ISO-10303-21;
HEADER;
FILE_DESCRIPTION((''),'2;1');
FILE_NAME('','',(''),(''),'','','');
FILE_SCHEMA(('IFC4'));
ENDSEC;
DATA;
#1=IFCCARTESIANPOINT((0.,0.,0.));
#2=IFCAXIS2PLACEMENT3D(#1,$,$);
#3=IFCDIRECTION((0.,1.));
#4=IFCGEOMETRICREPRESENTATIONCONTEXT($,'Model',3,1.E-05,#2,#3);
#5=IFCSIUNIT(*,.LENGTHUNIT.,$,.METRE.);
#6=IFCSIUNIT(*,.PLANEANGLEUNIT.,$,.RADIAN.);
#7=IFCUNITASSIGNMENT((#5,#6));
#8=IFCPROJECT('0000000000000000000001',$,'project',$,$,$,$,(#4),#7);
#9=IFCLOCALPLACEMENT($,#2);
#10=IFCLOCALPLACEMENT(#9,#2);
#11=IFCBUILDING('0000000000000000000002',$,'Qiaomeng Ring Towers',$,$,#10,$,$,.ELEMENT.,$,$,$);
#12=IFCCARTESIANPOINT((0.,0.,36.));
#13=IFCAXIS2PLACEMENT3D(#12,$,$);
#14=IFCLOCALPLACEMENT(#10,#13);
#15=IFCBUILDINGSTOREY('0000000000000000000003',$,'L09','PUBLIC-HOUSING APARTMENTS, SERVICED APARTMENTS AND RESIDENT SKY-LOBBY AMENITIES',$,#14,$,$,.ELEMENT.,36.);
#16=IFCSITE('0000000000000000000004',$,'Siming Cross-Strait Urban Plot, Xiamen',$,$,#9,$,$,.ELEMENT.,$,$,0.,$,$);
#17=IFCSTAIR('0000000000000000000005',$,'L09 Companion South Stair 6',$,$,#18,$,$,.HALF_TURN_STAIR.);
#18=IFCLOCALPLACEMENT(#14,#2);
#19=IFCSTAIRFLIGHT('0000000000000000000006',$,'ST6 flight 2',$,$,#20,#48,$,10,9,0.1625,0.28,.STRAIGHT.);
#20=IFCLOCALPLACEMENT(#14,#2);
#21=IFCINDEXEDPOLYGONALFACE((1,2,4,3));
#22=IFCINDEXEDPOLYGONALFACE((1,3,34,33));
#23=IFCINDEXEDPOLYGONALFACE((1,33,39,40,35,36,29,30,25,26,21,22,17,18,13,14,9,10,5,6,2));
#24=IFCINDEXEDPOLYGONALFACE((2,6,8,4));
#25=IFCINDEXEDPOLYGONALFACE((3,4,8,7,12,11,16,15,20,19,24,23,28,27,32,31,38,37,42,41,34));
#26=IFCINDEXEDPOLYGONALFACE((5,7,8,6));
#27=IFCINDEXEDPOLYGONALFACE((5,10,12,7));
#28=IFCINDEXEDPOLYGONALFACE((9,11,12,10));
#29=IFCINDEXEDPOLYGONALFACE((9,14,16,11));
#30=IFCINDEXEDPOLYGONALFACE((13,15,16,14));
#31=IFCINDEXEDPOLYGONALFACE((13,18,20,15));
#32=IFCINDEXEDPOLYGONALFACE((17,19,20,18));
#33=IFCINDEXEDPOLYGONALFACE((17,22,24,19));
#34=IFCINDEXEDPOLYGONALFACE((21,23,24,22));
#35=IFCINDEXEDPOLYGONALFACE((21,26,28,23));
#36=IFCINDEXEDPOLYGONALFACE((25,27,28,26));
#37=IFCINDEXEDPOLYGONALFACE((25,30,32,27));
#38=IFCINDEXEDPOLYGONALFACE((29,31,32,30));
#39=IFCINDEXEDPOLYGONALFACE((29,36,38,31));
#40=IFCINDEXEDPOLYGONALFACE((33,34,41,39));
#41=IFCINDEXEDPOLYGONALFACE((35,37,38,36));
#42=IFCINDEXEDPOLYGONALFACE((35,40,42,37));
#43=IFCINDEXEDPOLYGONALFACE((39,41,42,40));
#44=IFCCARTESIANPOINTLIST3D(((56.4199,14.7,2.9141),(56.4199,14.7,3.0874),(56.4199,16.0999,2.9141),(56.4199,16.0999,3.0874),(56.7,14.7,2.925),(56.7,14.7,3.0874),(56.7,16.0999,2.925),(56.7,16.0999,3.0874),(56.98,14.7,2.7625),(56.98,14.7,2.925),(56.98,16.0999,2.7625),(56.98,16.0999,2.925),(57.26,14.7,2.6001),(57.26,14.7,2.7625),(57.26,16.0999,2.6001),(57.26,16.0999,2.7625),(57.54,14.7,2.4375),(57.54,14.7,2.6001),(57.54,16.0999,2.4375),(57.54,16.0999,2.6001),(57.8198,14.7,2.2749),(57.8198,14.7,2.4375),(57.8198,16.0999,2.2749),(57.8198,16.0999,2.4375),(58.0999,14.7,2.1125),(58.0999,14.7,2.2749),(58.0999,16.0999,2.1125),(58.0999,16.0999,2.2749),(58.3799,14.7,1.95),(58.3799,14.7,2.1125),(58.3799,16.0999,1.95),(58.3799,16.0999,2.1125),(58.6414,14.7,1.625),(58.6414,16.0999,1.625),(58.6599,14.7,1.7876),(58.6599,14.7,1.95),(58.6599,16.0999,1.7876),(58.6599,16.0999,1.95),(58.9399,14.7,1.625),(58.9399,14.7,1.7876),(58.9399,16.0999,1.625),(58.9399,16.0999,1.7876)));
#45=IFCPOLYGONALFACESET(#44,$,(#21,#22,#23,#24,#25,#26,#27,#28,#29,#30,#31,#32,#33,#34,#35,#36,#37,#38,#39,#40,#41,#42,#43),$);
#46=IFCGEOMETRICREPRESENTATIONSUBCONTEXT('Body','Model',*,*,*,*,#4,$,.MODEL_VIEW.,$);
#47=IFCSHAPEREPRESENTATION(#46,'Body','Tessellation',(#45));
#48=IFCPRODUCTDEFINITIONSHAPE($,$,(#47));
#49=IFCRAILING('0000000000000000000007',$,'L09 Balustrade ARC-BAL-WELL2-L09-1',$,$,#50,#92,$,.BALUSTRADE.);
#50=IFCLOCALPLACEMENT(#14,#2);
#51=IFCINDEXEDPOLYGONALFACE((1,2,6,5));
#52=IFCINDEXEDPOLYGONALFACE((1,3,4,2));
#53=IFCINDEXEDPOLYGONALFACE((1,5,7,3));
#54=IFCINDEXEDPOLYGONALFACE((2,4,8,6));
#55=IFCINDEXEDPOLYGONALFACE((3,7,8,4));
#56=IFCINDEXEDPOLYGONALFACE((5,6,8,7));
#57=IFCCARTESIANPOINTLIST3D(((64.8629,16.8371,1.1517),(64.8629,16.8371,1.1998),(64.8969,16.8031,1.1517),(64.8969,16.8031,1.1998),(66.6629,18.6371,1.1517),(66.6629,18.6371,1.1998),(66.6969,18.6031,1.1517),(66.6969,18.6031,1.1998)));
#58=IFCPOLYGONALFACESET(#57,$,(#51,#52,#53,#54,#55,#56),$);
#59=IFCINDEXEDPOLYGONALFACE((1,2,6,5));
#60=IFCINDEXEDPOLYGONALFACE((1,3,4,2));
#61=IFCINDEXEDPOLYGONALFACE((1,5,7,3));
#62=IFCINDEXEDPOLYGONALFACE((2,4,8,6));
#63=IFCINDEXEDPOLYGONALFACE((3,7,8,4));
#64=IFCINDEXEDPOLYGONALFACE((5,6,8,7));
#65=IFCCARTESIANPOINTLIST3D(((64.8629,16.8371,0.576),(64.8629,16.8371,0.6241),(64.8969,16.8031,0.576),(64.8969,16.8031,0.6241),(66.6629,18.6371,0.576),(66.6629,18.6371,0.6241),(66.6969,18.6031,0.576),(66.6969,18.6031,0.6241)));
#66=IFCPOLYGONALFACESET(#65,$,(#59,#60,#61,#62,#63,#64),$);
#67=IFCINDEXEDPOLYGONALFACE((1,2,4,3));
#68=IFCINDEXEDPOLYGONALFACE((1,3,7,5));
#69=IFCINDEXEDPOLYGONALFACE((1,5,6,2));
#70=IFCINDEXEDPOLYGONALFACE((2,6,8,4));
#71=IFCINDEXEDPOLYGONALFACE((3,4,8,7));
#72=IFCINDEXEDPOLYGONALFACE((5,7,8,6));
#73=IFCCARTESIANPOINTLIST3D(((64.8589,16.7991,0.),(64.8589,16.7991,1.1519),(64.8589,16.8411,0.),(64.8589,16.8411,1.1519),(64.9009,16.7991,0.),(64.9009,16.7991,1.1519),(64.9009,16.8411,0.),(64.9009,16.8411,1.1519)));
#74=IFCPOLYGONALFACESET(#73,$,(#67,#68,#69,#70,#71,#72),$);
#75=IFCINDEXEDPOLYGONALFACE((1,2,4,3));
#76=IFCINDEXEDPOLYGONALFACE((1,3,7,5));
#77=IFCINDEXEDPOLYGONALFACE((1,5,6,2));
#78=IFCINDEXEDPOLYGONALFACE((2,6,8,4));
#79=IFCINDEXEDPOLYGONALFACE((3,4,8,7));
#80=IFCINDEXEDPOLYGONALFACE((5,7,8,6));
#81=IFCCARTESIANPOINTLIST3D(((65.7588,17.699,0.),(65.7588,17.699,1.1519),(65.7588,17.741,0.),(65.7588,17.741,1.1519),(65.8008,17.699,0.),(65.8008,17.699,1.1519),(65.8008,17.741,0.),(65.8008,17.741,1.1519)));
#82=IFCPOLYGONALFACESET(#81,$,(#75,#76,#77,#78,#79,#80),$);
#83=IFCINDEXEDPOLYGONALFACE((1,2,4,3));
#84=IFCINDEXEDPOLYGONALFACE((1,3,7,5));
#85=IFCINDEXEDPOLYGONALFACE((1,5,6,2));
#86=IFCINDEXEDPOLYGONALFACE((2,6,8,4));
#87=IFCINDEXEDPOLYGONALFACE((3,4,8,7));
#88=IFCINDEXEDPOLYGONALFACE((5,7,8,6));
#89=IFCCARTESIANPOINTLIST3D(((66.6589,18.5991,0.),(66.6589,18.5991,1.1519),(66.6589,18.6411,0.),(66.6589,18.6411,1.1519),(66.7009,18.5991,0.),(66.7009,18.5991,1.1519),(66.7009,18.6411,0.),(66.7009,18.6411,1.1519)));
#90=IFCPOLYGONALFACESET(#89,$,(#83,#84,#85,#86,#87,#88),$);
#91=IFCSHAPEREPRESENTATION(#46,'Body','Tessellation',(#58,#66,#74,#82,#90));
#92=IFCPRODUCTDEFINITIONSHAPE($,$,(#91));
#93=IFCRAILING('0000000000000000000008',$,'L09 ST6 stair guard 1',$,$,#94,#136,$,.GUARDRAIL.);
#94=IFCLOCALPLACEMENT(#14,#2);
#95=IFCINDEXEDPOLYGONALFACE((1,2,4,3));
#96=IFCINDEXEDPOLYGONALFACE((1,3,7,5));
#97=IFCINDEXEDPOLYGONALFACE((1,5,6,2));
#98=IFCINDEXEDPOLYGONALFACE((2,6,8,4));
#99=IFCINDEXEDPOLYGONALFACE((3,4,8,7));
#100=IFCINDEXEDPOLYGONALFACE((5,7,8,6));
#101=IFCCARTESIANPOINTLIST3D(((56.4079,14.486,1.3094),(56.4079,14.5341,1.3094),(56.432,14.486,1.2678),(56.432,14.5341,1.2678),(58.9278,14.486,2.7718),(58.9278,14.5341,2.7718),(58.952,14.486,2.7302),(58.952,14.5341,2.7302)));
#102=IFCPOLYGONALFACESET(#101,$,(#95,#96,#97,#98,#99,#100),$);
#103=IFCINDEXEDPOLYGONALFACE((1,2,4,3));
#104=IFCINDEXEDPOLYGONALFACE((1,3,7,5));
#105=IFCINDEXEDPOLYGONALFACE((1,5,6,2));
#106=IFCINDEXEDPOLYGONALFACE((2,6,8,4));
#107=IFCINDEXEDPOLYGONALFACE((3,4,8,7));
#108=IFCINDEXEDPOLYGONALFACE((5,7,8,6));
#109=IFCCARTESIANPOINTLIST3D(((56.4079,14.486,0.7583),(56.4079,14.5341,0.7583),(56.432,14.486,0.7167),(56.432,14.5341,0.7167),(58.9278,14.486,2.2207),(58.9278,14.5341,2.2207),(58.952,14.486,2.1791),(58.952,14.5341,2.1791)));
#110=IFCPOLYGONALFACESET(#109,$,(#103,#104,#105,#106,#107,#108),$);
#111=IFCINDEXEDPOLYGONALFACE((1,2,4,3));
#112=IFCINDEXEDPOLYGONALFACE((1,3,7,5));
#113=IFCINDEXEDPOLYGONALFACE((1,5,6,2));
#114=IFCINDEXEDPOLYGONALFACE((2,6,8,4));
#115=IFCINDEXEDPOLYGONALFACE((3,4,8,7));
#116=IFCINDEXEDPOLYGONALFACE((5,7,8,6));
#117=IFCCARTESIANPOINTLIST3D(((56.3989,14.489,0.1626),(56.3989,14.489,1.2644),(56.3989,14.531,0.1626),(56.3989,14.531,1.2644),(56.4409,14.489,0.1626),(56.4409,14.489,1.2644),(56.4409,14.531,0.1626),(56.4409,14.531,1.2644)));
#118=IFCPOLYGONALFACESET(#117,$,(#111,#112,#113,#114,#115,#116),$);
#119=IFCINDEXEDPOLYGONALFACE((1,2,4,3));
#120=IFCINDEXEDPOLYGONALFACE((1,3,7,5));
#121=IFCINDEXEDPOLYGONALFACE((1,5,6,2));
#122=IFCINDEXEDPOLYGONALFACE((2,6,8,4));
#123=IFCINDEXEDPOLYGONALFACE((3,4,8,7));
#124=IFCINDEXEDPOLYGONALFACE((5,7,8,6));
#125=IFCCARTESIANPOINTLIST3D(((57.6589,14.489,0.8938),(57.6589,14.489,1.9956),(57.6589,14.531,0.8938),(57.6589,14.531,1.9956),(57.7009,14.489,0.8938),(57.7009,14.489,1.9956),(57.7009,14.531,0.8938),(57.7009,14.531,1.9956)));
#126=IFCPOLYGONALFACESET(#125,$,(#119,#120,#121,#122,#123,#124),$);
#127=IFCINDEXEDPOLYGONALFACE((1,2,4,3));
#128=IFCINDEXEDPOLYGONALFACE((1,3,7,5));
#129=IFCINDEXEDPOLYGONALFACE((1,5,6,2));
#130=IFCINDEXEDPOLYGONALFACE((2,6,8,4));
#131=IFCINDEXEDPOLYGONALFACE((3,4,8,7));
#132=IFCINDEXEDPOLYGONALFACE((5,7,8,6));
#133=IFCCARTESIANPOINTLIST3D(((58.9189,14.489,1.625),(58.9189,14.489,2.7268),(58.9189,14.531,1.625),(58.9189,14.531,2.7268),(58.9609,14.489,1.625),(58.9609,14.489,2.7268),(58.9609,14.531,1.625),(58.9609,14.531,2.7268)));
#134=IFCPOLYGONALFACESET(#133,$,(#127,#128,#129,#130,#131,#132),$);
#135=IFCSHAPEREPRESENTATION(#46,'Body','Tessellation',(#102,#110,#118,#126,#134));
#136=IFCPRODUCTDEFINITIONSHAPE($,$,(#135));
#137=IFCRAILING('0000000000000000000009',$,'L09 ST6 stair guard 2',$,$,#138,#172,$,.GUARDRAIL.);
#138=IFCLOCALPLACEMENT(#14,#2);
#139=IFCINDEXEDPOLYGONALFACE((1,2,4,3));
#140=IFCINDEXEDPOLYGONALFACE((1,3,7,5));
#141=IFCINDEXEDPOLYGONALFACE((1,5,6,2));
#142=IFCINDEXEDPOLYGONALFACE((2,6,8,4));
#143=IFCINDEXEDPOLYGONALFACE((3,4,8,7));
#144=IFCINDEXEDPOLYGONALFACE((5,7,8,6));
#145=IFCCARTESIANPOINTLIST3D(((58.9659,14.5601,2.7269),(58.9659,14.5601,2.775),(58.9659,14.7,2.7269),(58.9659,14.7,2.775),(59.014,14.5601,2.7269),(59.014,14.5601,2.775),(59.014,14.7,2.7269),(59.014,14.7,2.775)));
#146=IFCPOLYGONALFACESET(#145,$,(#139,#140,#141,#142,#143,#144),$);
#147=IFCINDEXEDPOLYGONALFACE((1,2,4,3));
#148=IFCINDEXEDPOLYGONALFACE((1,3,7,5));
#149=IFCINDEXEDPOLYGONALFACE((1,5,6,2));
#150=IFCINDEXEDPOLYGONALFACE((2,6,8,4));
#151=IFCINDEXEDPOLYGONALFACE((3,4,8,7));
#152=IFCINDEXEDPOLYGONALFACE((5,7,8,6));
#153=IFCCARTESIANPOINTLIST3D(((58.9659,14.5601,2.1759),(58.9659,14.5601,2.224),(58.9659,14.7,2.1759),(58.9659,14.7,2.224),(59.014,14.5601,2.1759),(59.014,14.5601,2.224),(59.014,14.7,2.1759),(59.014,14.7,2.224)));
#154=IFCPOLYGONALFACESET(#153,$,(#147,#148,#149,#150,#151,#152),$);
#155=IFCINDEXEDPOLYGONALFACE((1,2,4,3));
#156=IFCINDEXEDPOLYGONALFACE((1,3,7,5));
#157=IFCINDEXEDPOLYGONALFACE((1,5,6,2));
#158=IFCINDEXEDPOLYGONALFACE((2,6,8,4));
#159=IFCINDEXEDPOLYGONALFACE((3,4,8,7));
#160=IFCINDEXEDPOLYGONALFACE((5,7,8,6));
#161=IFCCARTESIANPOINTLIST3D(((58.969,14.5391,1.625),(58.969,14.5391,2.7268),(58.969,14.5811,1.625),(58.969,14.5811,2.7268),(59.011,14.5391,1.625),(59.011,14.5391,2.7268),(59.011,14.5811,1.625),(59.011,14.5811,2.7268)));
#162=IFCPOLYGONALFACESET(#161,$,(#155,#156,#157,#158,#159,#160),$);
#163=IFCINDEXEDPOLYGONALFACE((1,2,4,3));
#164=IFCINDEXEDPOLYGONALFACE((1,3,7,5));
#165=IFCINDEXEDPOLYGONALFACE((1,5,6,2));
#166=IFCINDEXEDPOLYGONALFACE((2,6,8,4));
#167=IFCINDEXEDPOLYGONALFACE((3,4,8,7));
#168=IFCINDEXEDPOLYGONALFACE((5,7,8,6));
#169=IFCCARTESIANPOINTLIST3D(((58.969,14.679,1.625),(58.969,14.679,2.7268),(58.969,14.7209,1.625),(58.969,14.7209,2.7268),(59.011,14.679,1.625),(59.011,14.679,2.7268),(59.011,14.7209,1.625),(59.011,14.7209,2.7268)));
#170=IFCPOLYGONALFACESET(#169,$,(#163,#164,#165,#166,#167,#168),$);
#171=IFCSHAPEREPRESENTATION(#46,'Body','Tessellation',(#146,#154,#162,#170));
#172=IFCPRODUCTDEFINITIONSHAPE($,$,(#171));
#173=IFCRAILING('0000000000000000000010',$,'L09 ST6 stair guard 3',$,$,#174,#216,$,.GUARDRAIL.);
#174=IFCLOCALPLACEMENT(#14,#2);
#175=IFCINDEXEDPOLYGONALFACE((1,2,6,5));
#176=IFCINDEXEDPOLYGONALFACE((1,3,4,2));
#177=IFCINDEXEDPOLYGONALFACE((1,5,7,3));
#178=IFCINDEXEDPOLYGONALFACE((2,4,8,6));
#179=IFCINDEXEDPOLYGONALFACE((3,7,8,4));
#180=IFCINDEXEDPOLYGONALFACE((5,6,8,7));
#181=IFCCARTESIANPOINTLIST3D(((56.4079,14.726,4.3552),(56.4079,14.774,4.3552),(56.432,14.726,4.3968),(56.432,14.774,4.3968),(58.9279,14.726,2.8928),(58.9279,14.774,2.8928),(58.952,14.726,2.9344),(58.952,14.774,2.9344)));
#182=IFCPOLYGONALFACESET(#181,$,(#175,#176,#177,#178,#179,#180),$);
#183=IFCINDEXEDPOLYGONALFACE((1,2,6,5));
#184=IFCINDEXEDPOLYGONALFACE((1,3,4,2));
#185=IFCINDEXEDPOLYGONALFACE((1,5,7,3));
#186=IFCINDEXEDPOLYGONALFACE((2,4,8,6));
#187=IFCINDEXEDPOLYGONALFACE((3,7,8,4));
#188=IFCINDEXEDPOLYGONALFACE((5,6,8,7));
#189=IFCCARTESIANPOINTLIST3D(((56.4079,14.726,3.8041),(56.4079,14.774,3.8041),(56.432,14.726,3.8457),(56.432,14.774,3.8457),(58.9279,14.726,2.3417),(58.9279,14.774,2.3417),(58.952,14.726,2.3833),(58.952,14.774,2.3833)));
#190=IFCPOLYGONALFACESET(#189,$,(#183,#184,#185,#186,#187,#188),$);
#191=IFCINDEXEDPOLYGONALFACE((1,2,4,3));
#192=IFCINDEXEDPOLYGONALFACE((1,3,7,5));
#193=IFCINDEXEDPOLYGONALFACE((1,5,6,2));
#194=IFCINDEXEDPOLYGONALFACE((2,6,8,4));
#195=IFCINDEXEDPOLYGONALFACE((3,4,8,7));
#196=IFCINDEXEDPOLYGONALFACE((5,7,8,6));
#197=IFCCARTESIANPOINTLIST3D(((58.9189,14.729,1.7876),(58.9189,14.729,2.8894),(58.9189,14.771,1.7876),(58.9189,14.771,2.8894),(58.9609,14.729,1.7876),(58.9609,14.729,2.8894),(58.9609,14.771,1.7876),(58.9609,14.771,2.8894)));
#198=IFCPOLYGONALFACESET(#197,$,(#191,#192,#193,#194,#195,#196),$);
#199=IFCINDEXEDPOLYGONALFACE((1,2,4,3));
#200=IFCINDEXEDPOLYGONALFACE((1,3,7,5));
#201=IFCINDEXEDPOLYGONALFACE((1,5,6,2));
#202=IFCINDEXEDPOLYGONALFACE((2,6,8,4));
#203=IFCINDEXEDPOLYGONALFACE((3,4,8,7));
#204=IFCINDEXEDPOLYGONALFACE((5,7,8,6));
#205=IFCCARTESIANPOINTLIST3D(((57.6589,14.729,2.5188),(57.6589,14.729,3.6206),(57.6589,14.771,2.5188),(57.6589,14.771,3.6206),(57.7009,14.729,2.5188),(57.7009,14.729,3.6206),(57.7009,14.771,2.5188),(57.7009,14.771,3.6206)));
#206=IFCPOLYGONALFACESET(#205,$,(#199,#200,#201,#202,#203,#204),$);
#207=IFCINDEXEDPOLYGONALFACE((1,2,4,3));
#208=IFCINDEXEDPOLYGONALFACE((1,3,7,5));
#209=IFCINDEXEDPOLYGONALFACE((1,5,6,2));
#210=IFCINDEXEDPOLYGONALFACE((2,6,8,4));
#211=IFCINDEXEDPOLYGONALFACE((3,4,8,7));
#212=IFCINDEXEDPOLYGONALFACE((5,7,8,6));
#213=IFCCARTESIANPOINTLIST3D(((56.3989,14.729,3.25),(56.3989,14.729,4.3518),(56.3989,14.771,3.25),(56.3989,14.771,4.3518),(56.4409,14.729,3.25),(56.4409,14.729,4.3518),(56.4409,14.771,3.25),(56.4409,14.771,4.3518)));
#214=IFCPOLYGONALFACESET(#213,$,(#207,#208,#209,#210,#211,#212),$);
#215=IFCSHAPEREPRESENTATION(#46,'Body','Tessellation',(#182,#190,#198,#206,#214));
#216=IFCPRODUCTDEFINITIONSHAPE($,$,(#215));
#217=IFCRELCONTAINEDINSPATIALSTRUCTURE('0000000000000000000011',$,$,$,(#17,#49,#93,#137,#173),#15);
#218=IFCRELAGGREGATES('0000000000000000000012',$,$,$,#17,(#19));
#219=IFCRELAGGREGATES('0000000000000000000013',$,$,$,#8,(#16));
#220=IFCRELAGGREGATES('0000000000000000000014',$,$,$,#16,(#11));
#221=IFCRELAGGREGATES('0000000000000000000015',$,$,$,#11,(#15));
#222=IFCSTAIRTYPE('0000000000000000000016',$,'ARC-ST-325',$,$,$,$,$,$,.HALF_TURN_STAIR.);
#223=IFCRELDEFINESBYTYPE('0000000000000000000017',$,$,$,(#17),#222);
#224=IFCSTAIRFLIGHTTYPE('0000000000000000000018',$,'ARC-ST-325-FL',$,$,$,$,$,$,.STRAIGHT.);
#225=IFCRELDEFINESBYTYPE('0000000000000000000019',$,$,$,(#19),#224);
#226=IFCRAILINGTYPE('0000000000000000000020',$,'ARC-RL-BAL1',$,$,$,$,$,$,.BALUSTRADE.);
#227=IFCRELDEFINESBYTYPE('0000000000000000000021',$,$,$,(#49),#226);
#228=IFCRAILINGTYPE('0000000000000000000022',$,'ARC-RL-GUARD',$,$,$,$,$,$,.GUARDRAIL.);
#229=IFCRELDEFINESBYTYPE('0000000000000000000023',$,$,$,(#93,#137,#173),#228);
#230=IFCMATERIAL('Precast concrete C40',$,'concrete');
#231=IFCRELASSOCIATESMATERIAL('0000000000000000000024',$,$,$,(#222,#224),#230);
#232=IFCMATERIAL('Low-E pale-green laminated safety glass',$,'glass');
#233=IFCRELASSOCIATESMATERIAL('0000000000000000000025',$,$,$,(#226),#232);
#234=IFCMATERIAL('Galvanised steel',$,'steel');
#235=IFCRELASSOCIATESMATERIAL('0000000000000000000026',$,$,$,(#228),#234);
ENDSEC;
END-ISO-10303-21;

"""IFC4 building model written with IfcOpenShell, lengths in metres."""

from ifc_helpers import new_model, si_unit, direction, frame, origin, origin_2d, place, context, subcontext, project, spatial, polyline, rectangle, outline, extrude, source, transform, mapped, material, type_object, element, aggregate, save


model = new_model("IFC4")

# Units and contexts
model_context = context("Model", 3, precision=1e-05, world=origin(), true_north=direction((0.0, 1.0)))
body_context = subcontext(model_context, "Body", "Model", "MODEL_VIEW")
ifc_project = project(units=[si_unit("LENGTHUNIT", "METRE"), si_unit("PLANEANGLEUNIT", "RADIAN")], contexts=[model_context])

# Site, building, storey
site_placement = place(None, origin())
site = spatial("IfcSite", under=ifc_project, at=site_placement, Name="Siming Cross-Strait Urban Plot, Xiamen", CompositionType="ELEMENT", RefElevation=0.0)
building_placement = place(site_placement, origin())
building = spatial("IfcBuilding", under=site, at=building_placement, Name="Qiaomeng Ring Towers", CompositionType="ELEMENT")
storey_placement = place(building_placement, frame((0.0, 0.0, 36.0)))
storey = spatial("IfcBuildingStorey", under=building, at=storey_placement, Name="L09", Description="PUBLIC-HOUSING APARTMENTS, SERVICED APARTMENTS AND RESIDENT SKY-LOBBY AMENITIES", CompositionType="ELEMENT", Elevation=36.0)

# Shared definitions
ifc_material_1 = material(Name="Galvanised steel", Category="steel")

# Stair, stair flight
ifc_material_2 = material(Name="Precast concrete C40", Category="concrete")
stair_type = type_object("IfcStairType", Name="ARC-ST-325", PredefinedType="HALF_TURN_STAIR", material=ifc_material_2)
stair_placement = place(storey_placement, origin())
stair = element("IfcStair", 1, at=stair_placement, inside=storey, type_object=stair_type, Name="L09 Companion South Stair 6", PredefinedType="HALF_TURN_STAIR")
stair_flight_type = type_object("IfcStairFlightType", Name="ARC-ST-325-FL", PredefinedType="STRAIGHT", material=ifc_material_2)
shared_shape_1 = source(origin(), body_context, "Body", "SweptSolid", [
    extrude(outline(polyline([(0.0, 0.0), (0.0, 0.1626), (0.28, 0.1626), (0.28, 0.325), (0.5601, 0.325), (0.5601, 0.4875), (0.8401, 0.4875), (0.8401, 0.6499), (1.1201, 0.6499), (1.1201, 0.8125), (1.3999, 0.8125), (1.3999, 0.9751), (1.6799, 0.9751), (1.6799, 1.1375), (1.96, 1.1375), (1.96, 1.3), (2.24, 1.3), (2.24, 1.4624), (2.52, 1.4624), (2.52, 1.625), (2.52, 1.2891), (0.2986, 0.0), (0.0, 0.0)])), frame((0.0, 0.7, 0.0), z_axis=(0.0, -1.0, 0.0), x_axis=(1.0, 0.0, 0.0)), (0.0, 0.0, 1.0), 1.3999),
])
stair_flight_1_placement = place(storey_placement, frame((58.9399, 15.3999, 1.625), z_axis=(0.0, 0.0, 1.0), x_axis=(-1.0, 0.0, 0.0)))
stair_flight_1 = element("IfcStairFlight", 2, at=stair_flight_1_placement, type_object=stair_flight_type, Name="ST6 flight 2", NumberOfRisers=10, NumberOfTreads=9, PredefinedType="STRAIGHT", RiserHeight=0.1625, TreadLength=0.28, context=body_context, shape_type="MappedRepresentation", body=[
    mapped(shared_shape_1, transform((0.0, 0.0, 0.0), x_axis=(1.0, 0.0, 0.0), y_axis=(0.0, 1.0, 0.0), z_axis=(0.0, 0.0, 1.0), scale=1.0)),
])
aggregate(stair, [stair_flight_1])

# Railings
ifc_material_3 = material(Name="Low-E pale-green laminated safety glass", Category="glass")
railing_type_1 = type_object("IfcRailingType", Name="ARC-RL-BAL1", PredefinedType="BALUSTRADE", material=ifc_material_3)
railing_1_placement = place(storey_placement, frame((64.8799, 16.8201, 0.0)))
element("IfcRailing", 3, at=railing_1_placement, inside=storey, type_object=railing_type_1, Name="L09 Balustrade ARC-BAL-WELL2-L09-1", PredefinedType="BALUSTRADE", context=body_context, shape_type="SweptSolid", body=[
    extrude(rectangle(XDim=0.0481, YDim=0.0481, at=origin_2d()), frame((0.0, 0.0, 1.1758), z_axis=(0.707107, 0.707107, 0.0), x_axis=(-0.707107, 0.707107, 0.0)), (0.0, 0.0, 1.0), 2.5457),
    extrude(rectangle(XDim=0.0481, YDim=0.0481, at=origin_2d()), frame((0.0, 0.0, 0.6001), z_axis=(0.707107, 0.707107, 0.0), x_axis=(-0.707107, 0.707107, 0.0)), (0.0, 0.0, 1.0), 2.5457),
    extrude(rectangle(XDim=0.042, YDim=0.042, at=origin_2d()), origin(), (0.0, 0.0, 1.0), 1.1519),
    extrude(rectangle(XDim=0.042, YDim=0.042, at=origin_2d()), frame((0.8999, 0.8999, 0.0)), (0.0, 0.0, 1.0), 1.1519),
    extrude(rectangle(XDim=0.042, YDim=0.042, at=origin_2d()), frame((1.8, 1.8, 0.0)), (0.0, 0.0, 1.0), 1.1519),
])
railing_type_2 = type_object("IfcRailingType", Name="ARC-RL-GUARD", PredefinedType="GUARDRAIL", material=ifc_material_1)
railing_2_placement = place(storey_placement, frame((56.4199, 14.51, 0.1626)))
element("IfcRailing", 4, at=railing_2_placement, inside=storey, type_object=railing_type_2, Name="L09 ST6 stair guard 1", PredefinedType="GUARDRAIL", context=body_context, shape_type="SweptSolid", body=[
    extrude(rectangle(XDim=0.0481, YDim=0.0481, at=origin_2d()), frame((0.0, 0.0, 1.126), z_axis=(0.864913, 0.0, 0.501921), x_axis=(0.0, 1.0, 0.0)), (0.0, 0.0, 1.0), 2.9136),
    extrude(rectangle(XDim=0.0481, YDim=0.0481, at=origin_2d()), frame((0.0, 0.0, 0.575), z_axis=(0.864913, 0.0, 0.501921), x_axis=(0.0, 1.0, 0.0)), (0.0, 0.0, 1.0), 2.9136),
    extrude(rectangle(XDim=0.042, YDim=0.042, at=origin_2d()), origin(), (0.0, 0.0, 1.0), 1.1018),
    extrude(rectangle(XDim=0.042, YDim=0.042, at=origin_2d()), frame((1.26, 0.0, 0.7312)), (0.0, 0.0, 1.0), 1.1018),
    extrude(rectangle(XDim=0.042, YDim=0.042, at=origin_2d()), frame((2.52, 0.0, 1.4624)), (0.0, 0.0, 1.0), 1.1018),
])
railing_3_placement = place(storey_placement, frame((58.99, 14.5601, 1.625)))
element("IfcRailing", 5, at=railing_3_placement, inside=storey, type_object=railing_type_2, Name="L09 ST6 stair guard 2", PredefinedType="GUARDRAIL", context=body_context, shape_type="SweptSolid", body=[
    extrude(rectangle(XDim=0.0481, YDim=0.0481, at=origin_2d()), frame((0.0, 0.0, 1.126), z_axis=(0.0, 1.0, 0.0), x_axis=(-1.0, 0.0, 0.0)), (0.0, 0.0, 1.0), 0.1399),
    extrude(rectangle(XDim=0.0481, YDim=0.0481, at=origin_2d()), frame((0.0, 0.0, 0.575), z_axis=(0.0, 1.0, 0.0), x_axis=(-1.0, 0.0, 0.0)), (0.0, 0.0, 1.0), 0.1399),
    extrude(rectangle(XDim=0.042, YDim=0.042, at=origin_2d()), origin(), (0.0, 0.0, 1.0), 1.1018),
    extrude(rectangle(XDim=0.042, YDim=0.042, at=origin_2d()), frame((0.0, 0.1399, 0.0)), (0.0, 0.0, 1.0), 1.1018),
])
railing_4_placement = place(storey_placement, frame((58.9399, 14.75, 1.7876)))
element("IfcRailing", 6, at=railing_4_placement, inside=storey, type_object=railing_type_2, Name="L09 ST6 stair guard 3", PredefinedType="GUARDRAIL", context=body_context, shape_type="SweptSolid", body=[
    extrude(rectangle(XDim=0.0481, YDim=0.0481, at=origin_2d()), frame((0.0, 0.0, 1.126), z_axis=(-0.864913, 0.0, 0.501921), x_axis=(0.0, -1.0, 0.0)), (0.0, 0.0, 1.0), 2.9136),
    extrude(rectangle(XDim=0.0481, YDim=0.0481, at=origin_2d()), frame((0.0, 0.0, 0.575), z_axis=(-0.864913, 0.0, 0.501921), x_axis=(0.0, -1.0, 0.0)), (0.0, 0.0, 1.0), 2.9136),
    extrude(rectangle(XDim=0.042, YDim=0.042, at=origin_2d()), origin(), (0.0, 0.0, 1.0), 1.1018),
    extrude(rectangle(XDim=0.042, YDim=0.042, at=origin_2d()), frame((-1.26, 0.0, 0.7312)), (0.0, 0.0, 1.0), 1.1018),
    extrude(rectangle(XDim=0.042, YDim=0.042, at=origin_2d()), frame((-2.52, 0.0, 1.4624)), (0.0, 0.0, 1.0), 1.1018),
])

save(model, "model.ifc")
